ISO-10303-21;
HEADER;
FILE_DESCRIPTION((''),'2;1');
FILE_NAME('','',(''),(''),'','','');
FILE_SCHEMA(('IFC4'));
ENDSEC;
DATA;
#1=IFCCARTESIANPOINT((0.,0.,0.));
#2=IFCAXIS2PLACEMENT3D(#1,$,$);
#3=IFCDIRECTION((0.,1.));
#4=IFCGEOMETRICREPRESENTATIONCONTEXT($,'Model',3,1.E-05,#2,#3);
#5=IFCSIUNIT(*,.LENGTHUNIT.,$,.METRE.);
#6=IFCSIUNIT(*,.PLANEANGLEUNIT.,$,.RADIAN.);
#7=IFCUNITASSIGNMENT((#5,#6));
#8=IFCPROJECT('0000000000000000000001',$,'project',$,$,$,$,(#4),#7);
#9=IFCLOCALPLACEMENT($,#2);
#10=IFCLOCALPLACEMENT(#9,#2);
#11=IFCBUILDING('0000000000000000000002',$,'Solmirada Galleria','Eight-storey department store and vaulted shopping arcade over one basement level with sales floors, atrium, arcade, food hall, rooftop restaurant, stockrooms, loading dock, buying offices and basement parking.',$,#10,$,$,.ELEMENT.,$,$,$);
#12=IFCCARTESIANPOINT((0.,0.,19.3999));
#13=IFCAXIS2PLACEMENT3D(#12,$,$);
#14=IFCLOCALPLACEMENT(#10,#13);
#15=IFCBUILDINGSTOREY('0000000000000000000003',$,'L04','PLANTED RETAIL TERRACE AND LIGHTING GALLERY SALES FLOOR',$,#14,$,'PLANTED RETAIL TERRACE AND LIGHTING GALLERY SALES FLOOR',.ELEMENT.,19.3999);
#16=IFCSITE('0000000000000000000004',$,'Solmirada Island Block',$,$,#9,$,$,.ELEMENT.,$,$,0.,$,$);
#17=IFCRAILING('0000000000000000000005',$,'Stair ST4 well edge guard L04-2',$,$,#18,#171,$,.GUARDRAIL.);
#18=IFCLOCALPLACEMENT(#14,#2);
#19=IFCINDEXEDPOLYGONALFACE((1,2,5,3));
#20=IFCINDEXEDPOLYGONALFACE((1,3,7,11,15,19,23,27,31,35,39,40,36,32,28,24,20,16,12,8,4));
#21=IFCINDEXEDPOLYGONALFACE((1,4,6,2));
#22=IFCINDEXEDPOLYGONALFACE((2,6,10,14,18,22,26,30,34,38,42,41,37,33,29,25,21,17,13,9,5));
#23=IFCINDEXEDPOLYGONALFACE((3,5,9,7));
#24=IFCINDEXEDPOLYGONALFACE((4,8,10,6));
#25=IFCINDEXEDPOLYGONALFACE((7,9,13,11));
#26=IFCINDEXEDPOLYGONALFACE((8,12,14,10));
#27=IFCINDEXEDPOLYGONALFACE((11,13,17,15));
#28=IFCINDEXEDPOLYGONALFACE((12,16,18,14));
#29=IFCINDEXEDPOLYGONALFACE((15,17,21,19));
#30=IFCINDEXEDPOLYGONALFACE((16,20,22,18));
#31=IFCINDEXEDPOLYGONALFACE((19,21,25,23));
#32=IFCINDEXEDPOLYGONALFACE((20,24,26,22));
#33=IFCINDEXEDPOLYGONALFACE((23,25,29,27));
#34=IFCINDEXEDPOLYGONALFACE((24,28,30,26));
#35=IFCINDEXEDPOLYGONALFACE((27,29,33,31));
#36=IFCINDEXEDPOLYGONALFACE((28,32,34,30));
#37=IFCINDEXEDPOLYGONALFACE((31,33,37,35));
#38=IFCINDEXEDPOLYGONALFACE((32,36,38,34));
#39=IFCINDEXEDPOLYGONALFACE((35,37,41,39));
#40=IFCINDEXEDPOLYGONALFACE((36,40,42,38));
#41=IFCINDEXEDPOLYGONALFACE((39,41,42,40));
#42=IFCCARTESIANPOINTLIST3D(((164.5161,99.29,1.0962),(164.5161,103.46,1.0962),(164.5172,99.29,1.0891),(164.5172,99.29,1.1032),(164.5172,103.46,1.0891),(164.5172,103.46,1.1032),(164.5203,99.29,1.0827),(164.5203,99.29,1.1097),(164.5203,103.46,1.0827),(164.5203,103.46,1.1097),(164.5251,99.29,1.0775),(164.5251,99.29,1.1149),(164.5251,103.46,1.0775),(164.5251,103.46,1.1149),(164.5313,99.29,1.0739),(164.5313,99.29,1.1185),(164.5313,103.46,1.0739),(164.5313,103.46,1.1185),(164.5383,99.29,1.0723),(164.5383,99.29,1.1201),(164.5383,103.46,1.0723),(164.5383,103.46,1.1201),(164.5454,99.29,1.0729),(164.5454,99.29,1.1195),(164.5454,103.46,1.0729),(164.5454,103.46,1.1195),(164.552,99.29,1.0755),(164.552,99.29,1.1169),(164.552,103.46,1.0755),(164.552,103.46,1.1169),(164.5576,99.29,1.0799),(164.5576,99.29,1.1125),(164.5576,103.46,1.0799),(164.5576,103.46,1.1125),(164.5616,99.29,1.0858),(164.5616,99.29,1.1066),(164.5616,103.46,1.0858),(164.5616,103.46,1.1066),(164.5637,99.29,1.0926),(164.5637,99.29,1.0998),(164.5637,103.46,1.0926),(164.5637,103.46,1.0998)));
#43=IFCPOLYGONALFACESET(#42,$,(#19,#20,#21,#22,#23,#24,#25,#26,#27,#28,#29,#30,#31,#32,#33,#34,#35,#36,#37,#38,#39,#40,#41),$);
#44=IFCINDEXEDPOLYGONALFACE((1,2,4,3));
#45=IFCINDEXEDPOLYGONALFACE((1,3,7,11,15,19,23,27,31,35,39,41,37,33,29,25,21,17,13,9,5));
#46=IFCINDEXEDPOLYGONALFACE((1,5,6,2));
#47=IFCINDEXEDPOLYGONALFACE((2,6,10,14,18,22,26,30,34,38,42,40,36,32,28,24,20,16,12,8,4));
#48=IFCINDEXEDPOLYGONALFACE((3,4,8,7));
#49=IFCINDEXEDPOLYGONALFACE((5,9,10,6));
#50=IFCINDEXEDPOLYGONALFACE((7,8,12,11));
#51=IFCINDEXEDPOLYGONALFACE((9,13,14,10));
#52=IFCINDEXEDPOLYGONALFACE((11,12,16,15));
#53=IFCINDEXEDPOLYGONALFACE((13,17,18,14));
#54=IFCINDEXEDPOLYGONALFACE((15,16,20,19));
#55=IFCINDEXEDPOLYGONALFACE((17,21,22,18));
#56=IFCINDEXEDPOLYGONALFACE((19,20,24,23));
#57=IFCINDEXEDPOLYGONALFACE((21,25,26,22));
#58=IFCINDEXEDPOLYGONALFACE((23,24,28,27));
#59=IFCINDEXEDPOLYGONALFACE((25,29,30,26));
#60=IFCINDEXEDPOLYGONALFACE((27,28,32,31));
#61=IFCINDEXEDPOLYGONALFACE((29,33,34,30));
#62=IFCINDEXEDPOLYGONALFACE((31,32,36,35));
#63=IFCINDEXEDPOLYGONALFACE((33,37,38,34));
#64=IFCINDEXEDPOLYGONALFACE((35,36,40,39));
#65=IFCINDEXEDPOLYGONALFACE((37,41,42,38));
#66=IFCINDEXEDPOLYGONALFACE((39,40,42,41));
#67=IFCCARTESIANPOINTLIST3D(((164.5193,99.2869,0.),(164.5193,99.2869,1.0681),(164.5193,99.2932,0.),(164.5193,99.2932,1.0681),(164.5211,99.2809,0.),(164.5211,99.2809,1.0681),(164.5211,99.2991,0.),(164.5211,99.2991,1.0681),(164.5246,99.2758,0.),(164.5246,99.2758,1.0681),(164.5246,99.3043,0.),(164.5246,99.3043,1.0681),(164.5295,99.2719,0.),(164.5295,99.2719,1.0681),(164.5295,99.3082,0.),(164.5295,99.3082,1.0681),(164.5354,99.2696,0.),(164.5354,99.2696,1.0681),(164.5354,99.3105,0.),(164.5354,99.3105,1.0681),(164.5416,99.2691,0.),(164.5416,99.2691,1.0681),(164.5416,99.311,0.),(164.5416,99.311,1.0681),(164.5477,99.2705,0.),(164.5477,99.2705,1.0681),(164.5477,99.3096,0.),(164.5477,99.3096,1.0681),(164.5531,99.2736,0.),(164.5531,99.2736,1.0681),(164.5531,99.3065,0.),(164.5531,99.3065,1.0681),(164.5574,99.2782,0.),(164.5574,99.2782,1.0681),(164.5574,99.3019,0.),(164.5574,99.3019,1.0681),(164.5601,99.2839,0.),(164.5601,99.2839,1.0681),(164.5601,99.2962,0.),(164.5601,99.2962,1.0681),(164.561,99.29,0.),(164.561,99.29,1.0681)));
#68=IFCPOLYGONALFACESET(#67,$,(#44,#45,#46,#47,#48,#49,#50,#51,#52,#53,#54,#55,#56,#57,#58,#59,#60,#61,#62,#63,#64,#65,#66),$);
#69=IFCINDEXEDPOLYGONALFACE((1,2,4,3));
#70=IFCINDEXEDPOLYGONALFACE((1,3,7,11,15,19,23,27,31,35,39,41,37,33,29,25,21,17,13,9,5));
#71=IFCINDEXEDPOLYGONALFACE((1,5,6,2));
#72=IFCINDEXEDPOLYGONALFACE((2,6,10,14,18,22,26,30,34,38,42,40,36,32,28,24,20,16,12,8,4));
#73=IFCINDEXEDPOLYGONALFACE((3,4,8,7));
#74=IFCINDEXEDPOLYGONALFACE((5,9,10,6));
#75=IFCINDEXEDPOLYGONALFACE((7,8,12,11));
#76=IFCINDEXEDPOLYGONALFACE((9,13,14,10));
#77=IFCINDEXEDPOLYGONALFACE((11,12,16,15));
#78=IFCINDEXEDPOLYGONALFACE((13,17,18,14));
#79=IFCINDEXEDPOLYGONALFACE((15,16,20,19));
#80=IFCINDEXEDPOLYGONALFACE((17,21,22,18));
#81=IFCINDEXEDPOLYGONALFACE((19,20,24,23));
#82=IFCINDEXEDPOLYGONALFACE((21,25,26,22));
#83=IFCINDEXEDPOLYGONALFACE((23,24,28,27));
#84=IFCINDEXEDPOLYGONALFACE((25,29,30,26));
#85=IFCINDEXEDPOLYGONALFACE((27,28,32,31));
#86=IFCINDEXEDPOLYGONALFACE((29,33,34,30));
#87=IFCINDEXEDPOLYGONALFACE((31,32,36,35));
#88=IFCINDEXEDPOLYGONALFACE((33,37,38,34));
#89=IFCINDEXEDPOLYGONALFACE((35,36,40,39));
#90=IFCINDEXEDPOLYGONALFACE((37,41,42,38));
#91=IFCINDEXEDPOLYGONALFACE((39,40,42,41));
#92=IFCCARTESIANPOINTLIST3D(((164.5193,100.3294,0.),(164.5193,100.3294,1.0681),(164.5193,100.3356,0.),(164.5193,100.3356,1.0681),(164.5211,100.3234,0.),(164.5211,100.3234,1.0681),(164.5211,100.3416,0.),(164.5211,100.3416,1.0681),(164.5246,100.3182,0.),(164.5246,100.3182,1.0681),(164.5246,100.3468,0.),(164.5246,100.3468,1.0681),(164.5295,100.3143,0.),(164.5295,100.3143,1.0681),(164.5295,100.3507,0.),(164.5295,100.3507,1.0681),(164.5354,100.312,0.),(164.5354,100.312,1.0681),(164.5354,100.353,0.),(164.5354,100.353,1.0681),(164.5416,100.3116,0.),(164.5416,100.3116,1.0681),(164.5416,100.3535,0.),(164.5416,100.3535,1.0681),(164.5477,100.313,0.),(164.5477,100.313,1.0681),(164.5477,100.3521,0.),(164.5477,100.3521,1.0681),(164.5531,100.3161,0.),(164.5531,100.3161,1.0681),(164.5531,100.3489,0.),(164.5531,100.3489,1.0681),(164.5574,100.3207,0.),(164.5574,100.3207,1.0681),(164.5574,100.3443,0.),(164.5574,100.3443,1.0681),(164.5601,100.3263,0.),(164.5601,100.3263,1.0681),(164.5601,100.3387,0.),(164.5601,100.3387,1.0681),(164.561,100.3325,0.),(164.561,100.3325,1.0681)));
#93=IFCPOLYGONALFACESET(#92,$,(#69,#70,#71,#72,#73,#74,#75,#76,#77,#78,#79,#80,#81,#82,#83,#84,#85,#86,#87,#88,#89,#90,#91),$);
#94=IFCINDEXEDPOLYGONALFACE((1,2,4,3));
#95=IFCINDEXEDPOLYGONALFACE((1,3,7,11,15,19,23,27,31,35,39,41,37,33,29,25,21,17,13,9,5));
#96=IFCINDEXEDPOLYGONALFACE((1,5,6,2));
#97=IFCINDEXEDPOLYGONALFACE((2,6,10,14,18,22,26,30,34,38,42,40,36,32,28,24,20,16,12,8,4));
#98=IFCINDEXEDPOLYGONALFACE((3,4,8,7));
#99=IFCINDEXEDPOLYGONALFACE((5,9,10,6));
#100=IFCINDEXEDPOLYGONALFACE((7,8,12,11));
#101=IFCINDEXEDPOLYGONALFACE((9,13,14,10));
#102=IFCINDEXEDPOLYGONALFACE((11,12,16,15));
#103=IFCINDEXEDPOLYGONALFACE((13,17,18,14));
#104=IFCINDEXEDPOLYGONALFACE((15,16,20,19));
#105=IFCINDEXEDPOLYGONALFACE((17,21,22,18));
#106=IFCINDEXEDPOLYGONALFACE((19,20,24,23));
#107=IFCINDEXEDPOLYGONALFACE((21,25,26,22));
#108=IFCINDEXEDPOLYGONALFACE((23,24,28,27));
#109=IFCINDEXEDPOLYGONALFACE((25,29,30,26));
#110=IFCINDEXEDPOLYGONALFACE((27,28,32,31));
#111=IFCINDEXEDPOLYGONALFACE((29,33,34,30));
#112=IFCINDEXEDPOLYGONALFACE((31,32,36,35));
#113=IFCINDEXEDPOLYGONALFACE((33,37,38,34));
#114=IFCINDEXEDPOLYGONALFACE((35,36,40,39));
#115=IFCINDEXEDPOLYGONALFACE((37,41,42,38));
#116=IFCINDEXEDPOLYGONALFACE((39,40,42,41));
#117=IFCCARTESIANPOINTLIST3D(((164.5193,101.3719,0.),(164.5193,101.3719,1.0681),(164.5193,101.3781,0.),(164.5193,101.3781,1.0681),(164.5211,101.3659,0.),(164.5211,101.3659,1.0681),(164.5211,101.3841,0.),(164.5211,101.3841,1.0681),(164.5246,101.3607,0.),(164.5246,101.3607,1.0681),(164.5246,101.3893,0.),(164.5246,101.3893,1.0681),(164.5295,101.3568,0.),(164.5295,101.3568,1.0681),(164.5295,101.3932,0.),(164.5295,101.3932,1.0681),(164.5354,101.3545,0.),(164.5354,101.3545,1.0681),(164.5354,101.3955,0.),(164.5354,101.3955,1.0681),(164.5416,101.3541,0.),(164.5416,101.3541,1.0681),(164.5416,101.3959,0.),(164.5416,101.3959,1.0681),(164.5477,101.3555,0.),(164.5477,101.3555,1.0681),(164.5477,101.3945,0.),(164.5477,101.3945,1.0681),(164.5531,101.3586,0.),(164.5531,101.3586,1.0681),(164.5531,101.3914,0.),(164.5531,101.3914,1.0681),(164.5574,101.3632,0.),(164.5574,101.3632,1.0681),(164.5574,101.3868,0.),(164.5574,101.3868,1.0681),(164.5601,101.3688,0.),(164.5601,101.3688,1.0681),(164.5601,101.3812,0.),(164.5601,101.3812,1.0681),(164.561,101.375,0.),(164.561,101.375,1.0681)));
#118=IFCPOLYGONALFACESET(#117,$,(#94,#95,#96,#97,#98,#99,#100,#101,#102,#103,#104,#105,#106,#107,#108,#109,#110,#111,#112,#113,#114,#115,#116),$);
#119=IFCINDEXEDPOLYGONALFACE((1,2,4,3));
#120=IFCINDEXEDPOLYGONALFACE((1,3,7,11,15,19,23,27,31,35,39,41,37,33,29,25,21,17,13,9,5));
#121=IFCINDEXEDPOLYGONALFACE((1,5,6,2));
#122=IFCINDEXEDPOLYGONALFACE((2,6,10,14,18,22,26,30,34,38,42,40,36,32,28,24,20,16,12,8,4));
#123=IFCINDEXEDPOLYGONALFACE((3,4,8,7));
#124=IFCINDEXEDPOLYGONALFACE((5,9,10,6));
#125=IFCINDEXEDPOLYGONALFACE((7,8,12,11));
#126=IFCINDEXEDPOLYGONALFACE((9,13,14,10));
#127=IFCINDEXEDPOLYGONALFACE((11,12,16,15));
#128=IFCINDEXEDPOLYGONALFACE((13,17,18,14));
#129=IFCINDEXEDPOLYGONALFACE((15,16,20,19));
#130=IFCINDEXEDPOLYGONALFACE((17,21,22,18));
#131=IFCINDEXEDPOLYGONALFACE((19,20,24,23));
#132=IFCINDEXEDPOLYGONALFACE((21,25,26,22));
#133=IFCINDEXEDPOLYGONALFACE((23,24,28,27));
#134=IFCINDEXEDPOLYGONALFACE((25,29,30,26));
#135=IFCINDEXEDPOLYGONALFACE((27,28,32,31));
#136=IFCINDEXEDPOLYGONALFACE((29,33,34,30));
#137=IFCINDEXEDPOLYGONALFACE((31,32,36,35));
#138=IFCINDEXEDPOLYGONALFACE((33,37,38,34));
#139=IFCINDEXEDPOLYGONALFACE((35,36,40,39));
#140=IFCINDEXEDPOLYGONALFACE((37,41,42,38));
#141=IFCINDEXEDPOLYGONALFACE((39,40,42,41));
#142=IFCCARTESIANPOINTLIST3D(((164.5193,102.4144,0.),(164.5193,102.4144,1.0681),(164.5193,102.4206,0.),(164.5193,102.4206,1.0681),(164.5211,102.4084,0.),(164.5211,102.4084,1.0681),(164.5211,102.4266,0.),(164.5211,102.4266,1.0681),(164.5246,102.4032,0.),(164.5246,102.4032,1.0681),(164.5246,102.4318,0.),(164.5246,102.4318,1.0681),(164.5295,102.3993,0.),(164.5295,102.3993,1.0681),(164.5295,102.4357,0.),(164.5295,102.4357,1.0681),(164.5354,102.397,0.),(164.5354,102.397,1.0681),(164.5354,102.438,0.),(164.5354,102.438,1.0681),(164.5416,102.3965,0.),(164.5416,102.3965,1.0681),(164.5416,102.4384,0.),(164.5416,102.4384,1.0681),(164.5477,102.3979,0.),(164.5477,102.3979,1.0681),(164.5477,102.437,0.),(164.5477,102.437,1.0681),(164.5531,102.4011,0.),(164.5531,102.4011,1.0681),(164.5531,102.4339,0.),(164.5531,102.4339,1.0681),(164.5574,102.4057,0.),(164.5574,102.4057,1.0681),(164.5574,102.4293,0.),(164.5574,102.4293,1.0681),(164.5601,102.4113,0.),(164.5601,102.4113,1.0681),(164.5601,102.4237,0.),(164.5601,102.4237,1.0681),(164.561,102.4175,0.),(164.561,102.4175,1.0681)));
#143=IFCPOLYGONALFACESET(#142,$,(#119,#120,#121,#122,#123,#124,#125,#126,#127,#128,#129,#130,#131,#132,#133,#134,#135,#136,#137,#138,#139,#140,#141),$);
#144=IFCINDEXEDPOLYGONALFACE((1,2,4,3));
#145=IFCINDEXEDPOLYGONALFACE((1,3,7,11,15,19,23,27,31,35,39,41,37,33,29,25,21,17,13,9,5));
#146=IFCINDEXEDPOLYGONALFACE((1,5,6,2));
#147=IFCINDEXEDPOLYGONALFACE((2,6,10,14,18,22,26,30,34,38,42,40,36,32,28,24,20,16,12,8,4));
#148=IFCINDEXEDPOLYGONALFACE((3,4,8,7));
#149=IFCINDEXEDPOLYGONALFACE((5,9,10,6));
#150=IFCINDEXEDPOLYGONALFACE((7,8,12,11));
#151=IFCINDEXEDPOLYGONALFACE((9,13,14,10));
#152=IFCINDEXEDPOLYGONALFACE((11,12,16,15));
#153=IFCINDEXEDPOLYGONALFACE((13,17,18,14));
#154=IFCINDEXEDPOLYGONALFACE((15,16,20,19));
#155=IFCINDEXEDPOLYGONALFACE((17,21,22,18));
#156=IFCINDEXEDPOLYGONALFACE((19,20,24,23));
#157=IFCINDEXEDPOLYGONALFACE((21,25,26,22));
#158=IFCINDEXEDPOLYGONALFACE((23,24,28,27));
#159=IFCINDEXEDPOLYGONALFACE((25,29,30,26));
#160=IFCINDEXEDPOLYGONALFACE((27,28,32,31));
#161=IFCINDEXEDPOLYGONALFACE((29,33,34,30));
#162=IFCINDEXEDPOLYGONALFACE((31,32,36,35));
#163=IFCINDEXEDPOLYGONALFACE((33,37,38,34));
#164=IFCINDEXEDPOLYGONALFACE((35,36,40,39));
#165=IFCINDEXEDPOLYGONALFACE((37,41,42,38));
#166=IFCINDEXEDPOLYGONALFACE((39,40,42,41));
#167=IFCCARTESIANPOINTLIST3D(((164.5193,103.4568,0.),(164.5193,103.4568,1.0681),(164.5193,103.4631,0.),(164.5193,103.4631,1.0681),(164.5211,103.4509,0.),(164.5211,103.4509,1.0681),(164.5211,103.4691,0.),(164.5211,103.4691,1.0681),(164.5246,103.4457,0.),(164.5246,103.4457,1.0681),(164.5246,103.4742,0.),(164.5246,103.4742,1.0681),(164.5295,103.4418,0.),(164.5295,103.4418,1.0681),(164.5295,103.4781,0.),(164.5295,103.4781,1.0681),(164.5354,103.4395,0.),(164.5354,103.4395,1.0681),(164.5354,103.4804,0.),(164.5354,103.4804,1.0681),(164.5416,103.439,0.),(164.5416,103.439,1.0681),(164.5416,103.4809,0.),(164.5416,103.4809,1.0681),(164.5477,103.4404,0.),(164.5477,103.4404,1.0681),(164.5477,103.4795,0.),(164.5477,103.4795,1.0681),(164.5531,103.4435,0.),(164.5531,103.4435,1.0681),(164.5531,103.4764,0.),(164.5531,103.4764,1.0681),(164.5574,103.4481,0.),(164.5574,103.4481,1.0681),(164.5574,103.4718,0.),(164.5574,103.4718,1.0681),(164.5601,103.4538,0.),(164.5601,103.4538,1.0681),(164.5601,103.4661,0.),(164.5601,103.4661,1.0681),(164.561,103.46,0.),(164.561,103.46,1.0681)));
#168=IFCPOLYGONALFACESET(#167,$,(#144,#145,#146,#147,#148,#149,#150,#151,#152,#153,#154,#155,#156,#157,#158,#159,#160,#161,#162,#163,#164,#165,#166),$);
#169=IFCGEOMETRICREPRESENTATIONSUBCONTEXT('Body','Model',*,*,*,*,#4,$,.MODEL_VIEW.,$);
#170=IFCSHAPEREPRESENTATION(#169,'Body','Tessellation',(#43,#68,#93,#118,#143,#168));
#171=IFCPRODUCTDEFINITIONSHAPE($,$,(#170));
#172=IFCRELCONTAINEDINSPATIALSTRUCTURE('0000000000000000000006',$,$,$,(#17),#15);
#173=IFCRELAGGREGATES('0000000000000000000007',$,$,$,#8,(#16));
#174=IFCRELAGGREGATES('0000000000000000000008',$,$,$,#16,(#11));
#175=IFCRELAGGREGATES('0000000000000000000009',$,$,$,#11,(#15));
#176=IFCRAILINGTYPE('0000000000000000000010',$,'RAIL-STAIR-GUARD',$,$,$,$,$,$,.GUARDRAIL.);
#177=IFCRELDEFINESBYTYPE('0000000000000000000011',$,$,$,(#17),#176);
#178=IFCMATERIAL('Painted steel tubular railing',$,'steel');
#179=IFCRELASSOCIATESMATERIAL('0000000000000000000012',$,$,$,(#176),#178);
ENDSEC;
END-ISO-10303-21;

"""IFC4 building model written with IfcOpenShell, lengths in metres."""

from ifc_helpers import new_model, si_unit, direction, frame, origin, origin_2d, place, context, subcontext, project, spatial, circle, extrude, material, type_object, element, save


model = new_model("IFC4")

# Units and contexts
model_context = context("Model", 3, precision=1e-05, world=origin(), true_north=direction((0.0, 1.0)))
body_context = subcontext(model_context, "Body", "Model", "MODEL_VIEW")
ifc_project = project(units=[si_unit("LENGTHUNIT", "METRE"), si_unit("PLANEANGLEUNIT", "RADIAN")], contexts=[model_context])

# Site, building, storey
site_placement = place(None, origin())
site = spatial("IfcSite", under=ifc_project, at=site_placement, Name="Solmirada Island Block", CompositionType="ELEMENT", RefElevation=0.0)
building_placement = place(site_placement, origin())
building = spatial("IfcBuilding", under=site, at=building_placement, Name="Solmirada Galleria", Description="Eight-storey department store and vaulted shopping arcade over one basement level with sales floors, atrium, arcade, food hall, rooftop restaurant, stockrooms, loading dock, buying offices and basement parking.", CompositionType="ELEMENT")
storey_placement = place(building_placement, frame((0.0, 0.0, 19.3999)))
storey = spatial("IfcBuildingStorey", under=building, at=storey_placement, Name="L04", Description="PLANTED RETAIL TERRACE AND LIGHTING GALLERY SALES FLOOR", LongName="PLANTED RETAIL TERRACE AND LIGHTING GALLERY SALES FLOOR", CompositionType="ELEMENT", Elevation=19.3999)

# Railing
ifc_material_1 = material(Name="Painted steel tubular railing", Category="steel")
railing_type = type_object("IfcRailingType", Name="RAIL-STAIR-GUARD", PredefinedType="GUARDRAIL", material=ifc_material_1)
railing_placement = place(storey_placement, frame((164.54, 99.29, 0.0)))
element("IfcRailing", 1, at=railing_placement, inside=storey, type_object=railing_type, Name="Stair ST4 well edge guard L04-2", PredefinedType="GUARDRAIL", context=body_context, shape_type="SweptSolid", body=[
    extrude(circle(Radius=0.0239, at=origin_2d()), frame((0.0, 0.0, 1.0962), z_axis=(0.0, 1.0, 0.0), x_axis=(-1.0, 0.0, 0.0)), (0.0, 0.0, 1.0), 4.1699),
    extrude(circle(Radius=0.021, at=origin_2d()), origin(), (0.0, 0.0, 1.0), 1.0681),
    extrude(circle(Radius=0.021, at=origin_2d()), frame((0.0, 1.0425, 0.0)), (0.0, 0.0, 1.0), 1.0681),
    extrude(circle(Radius=0.021, at=origin_2d()), frame((0.0, 2.085, 0.0)), (0.0, 0.0, 1.0), 1.0681),
    extrude(circle(Radius=0.021, at=origin_2d()), frame((0.0, 3.1274, 0.0)), (0.0, 0.0, 1.0), 1.0681),
    extrude(circle(Radius=0.021, at=origin_2d()), frame((0.0, 4.1699, 0.0)), (0.0, 0.0, 1.0), 1.0681),
])

save(model, "model.ifc")
